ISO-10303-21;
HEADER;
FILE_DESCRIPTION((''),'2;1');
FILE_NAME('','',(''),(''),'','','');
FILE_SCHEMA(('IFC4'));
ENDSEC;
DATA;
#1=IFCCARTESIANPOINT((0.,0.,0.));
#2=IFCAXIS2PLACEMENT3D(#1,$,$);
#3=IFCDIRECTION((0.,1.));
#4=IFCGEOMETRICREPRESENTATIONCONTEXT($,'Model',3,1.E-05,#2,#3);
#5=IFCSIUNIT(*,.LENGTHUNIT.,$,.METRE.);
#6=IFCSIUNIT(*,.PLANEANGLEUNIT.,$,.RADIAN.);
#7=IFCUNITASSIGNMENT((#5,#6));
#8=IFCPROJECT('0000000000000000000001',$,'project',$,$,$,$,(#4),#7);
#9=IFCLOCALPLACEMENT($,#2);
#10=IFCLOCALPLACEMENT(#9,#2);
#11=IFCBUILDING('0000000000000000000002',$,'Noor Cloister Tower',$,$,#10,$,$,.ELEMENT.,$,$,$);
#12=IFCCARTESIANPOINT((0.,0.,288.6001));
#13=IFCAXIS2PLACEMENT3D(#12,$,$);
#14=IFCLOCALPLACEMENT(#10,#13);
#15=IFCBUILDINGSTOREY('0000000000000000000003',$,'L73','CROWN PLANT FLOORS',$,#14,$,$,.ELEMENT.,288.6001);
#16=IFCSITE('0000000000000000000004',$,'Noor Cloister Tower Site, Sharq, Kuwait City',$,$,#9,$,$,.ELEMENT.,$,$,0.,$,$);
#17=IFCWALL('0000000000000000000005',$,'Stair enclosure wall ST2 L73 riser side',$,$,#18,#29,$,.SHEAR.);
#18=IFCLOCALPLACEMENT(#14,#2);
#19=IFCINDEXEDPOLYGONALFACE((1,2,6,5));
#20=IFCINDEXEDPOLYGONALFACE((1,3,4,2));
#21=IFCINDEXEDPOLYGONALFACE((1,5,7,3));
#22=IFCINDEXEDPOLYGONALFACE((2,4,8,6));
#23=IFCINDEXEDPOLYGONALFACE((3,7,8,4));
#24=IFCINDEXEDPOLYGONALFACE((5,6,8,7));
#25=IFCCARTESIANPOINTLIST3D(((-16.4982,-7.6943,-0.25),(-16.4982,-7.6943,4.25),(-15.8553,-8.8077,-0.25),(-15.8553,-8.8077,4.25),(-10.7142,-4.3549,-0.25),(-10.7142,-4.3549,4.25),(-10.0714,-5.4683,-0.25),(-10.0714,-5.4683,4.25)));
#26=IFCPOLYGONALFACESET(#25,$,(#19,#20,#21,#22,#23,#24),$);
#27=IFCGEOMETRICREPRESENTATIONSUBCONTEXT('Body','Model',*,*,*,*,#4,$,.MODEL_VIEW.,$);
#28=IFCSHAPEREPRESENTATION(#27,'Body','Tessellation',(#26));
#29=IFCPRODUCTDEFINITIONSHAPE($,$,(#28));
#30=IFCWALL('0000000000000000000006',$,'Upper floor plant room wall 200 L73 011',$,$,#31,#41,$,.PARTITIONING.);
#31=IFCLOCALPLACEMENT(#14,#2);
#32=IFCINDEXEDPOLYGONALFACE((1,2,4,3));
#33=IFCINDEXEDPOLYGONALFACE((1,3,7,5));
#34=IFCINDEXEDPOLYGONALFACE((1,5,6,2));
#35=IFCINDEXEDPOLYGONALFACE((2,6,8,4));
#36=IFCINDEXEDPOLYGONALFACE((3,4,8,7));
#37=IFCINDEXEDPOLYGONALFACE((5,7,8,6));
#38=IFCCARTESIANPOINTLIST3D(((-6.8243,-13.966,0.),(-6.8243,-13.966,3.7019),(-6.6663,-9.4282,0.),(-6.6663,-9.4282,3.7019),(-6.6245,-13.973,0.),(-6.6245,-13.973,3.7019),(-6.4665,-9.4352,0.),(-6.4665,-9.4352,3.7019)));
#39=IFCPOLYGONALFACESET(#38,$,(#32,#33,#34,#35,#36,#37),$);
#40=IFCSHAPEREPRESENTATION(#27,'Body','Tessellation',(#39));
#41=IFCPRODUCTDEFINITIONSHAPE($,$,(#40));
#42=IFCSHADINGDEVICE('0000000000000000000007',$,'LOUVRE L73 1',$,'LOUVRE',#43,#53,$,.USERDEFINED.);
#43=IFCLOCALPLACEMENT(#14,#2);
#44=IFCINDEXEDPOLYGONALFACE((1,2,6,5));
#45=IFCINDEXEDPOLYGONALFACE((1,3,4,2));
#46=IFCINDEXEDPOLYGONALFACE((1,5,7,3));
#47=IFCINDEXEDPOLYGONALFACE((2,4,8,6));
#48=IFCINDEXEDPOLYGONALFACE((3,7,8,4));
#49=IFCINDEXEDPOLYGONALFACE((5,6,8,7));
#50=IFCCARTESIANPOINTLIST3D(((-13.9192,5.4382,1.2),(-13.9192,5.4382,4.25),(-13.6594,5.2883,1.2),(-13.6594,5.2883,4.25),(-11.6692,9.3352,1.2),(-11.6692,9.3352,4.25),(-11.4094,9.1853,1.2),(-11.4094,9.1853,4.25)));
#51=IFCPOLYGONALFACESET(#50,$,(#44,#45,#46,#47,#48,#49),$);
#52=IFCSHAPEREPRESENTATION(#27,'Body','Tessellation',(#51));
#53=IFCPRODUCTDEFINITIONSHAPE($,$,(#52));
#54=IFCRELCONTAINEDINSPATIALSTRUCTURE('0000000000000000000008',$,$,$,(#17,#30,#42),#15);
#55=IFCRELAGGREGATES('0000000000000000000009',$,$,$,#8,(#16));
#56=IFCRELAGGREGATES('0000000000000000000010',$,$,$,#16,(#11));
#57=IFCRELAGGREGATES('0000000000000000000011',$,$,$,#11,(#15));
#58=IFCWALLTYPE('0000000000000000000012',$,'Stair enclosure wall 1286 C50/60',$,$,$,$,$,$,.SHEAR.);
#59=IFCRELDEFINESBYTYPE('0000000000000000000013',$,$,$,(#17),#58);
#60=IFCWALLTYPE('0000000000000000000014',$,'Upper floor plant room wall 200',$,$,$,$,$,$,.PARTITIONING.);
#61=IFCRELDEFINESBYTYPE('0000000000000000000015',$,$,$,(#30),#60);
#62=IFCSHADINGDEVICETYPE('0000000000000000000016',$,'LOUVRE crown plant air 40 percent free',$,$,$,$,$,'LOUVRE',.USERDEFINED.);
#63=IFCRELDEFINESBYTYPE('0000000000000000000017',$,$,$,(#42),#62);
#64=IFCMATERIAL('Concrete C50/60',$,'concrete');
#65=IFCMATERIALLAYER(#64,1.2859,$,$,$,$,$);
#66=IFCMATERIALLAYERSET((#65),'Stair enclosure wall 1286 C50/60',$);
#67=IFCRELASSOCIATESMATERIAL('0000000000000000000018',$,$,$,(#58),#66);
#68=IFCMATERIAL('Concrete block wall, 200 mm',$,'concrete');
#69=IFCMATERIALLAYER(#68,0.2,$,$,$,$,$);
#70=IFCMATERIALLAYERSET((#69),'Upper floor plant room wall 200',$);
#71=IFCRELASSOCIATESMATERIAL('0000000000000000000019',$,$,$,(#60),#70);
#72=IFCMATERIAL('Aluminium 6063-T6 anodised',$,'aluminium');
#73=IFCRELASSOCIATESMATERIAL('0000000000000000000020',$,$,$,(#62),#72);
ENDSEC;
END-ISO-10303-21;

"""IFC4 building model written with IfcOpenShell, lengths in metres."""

from ifc_helpers import new_model, si_unit, direction, frame, frame_2d, origin, place, context, subcontext, project, spatial, polyline, rectangle, outline, extrude, material, layer, layer_set, type_object, element, save


model = new_model("IFC4")

# Units and contexts
model_context = context("Model", 3, precision=1e-05, world=origin(), true_north=direction((0.0, 1.0)))
body_context = subcontext(model_context, "Body", "Model", "MODEL_VIEW")
ifc_project = project(units=[si_unit("LENGTHUNIT", "METRE"), si_unit("PLANEANGLEUNIT", "RADIAN")], contexts=[model_context])

# Site, building, storey
site_placement = place(None, origin())
site = spatial("IfcSite", under=ifc_project, at=site_placement, Name="Noor Cloister Tower Site, Sharq, Kuwait City", CompositionType="ELEMENT", RefElevation=0.0)
building_placement = place(site_placement, origin())
building = spatial("IfcBuilding", under=site, at=building_placement, Name="Noor Cloister Tower", CompositionType="ELEMENT")
storey_placement = place(building_placement, frame((0.0, 0.0, 288.6001)))
storey = spatial("IfcBuildingStorey", under=building, at=storey_placement, Name="L73", Description="CROWN PLANT FLOORS", CompositionType="ELEMENT", Elevation=288.6001)

# Walls
ifc_material_1 = material(Name="Concrete C50/60", Category="concrete")
ifc_layer_1 = layer(ifc_material_1, 1.2859)
ifc_layer_set_1 = layer_set([ifc_layer_1], Name="Stair enclosure wall 1286 C50/60")
wall_type_1 = type_object("IfcWallType", Name="Stair enclosure wall 1286 C50/60", PredefinedType="SHEAR", material=ifc_layer_set_1)
wall_1_placement = place(storey_placement, frame((-10.3928, -4.9116, -0.25), z_axis=(0.0, 0.0, 1.0), x_axis=(-0.866025, -0.5, 0.0)))
element("IfcWall", 1, at=wall_1_placement, inside=storey, type_object=wall_type_1, Name="Stair enclosure wall ST2 L73 riser side", PredefinedType="SHEAR", context=body_context, shape_type="SweptSolid", body=[
    extrude(rectangle(XDim=6.6787, YDim=1.2856, at=frame_2d((3.3394, 0.0))), origin(), (0.0, 0.0, 1.0), 4.5),
])
ifc_material_2 = material(Name="Concrete block wall, 200 mm", Category="concrete")
ifc_layer_2 = layer(ifc_material_2, 0.2)
ifc_layer_set_2 = layer_set([ifc_layer_2], Name="Upper floor plant room wall 200")
wall_type_2 = type_object("IfcWallType", Name="Upper floor plant room wall 200", PredefinedType="PARTITIONING", material=ifc_layer_set_2)
wall_2_placement = place(storey_placement, frame((-6.7244, -13.9695, 0.0), z_axis=(0.0, 0.0, 1.0), x_axis=(0.034788, 0.999395, 0.0)))
element("IfcWall", 2, at=wall_2_placement, inside=storey, type_object=wall_type_2, Name="Upper floor plant room wall 200 L73 011", PredefinedType="PARTITIONING", context=body_context, shape_type="SweptSolid", body=[
    extrude(rectangle(XDim=4.5405, YDim=0.2, at=frame_2d((2.2703, 0.0))), origin(), (0.0, 0.0, 1.0), 3.7019),
])

# Shading device
ifc_material_3 = material(Name="Aluminium 6063-T6 anodised", Category="aluminium")
shading_device_type = type_object("IfcShadingDeviceType", Name="LOUVRE crown plant air 40 percent free", ElementType="LOUVRE", PredefinedType="USERDEFINED", material=ifc_material_3)
shading_device_placement = place(storey_placement, frame((0.0, 0.0, 1.2)))
element("IfcShadingDevice", 3, at=shading_device_placement, inside=storey, type_object=shading_device_type, Name="LOUVRE L73 1", ObjectType="LOUVRE", PredefinedType="USERDEFINED", context=body_context, shape_type="SweptSolid", body=[
    extrude(outline(polyline([(-11.6692, 9.3352), (-13.9192, 5.4382), (-13.6594, 5.2883), (-11.4094, 9.1853), (-11.6692, 9.3352)])), origin(), (0.0, 0.0, 1.0), 3.05),
])

save(model, "model.ifc")
